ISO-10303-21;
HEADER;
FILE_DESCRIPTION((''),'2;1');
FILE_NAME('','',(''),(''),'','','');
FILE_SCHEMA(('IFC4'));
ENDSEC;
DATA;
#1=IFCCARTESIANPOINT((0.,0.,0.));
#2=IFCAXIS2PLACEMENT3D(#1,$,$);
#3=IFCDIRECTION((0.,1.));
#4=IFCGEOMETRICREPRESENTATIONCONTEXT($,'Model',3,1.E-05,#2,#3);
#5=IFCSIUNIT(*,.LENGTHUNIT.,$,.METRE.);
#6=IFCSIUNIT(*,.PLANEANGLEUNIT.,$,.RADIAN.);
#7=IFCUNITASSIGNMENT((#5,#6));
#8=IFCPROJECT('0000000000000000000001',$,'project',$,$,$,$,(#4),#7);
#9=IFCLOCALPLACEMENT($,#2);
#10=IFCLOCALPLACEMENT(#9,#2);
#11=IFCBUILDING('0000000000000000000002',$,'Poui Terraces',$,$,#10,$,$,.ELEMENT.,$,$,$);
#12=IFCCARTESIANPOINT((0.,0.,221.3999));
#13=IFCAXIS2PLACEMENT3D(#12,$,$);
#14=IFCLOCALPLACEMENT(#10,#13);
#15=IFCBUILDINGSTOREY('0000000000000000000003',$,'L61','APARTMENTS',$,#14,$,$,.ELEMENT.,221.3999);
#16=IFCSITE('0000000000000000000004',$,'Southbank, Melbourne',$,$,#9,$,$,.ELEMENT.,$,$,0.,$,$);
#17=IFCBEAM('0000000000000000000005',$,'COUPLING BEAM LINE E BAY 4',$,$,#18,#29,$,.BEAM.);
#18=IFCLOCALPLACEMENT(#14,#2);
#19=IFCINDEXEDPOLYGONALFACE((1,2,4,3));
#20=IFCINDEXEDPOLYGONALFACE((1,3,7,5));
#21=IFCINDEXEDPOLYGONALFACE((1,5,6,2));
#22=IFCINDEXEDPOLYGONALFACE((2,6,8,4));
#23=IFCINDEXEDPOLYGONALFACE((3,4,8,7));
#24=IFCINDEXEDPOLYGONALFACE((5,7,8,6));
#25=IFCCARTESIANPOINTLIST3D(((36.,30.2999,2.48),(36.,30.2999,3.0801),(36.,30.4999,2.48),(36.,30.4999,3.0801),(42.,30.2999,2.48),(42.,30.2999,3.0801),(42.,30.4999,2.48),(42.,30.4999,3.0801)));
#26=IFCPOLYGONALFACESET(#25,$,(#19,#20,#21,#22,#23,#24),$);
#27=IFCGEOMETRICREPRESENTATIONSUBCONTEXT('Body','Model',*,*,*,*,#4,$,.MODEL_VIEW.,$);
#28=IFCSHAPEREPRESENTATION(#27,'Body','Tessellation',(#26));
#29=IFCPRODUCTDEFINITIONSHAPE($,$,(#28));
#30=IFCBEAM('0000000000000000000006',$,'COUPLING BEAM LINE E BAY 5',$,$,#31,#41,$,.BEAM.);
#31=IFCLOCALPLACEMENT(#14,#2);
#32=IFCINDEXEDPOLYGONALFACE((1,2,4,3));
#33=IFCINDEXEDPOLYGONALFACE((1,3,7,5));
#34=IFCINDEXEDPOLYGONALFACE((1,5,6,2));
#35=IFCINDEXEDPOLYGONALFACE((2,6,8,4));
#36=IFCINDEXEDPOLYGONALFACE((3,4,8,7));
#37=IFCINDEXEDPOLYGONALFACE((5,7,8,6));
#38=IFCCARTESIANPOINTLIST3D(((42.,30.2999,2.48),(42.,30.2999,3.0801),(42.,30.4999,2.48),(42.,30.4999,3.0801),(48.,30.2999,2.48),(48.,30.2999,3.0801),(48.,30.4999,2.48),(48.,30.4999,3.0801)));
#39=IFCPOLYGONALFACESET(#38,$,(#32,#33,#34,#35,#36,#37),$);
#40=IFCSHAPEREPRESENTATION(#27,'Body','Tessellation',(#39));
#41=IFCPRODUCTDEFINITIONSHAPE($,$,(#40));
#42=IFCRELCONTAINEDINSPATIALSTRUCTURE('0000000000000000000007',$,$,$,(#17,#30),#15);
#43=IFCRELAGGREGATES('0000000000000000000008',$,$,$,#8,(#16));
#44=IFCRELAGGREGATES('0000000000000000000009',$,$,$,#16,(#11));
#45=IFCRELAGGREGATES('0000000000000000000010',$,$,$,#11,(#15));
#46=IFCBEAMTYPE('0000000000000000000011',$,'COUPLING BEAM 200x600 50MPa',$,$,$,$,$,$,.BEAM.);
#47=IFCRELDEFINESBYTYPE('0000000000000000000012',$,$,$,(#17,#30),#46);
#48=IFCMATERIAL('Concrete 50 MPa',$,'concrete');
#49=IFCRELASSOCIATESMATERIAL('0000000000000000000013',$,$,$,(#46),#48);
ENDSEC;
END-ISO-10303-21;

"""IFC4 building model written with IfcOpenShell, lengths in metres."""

from ifc_helpers import new_model, si_unit, direction, frame, origin, origin_2d, place, context, subcontext, project, spatial, rectangle, extrude, source, transform, mapped, material, material_profile, profile_set, type_object, element, save


model = new_model("IFC4")

# Units and contexts
model_context = context("Model", 3, precision=1e-05, world=origin(), true_north=direction((0.0, 1.0)))
body_context = subcontext(model_context, "Body", "Model", "MODEL_VIEW")
ifc_project = project(units=[si_unit("LENGTHUNIT", "METRE"), si_unit("PLANEANGLEUNIT", "RADIAN")], contexts=[model_context])

# Site, building, storey
site_placement = place(None, origin())
site = spatial("IfcSite", under=ifc_project, at=site_placement, Name="Southbank, Melbourne", CompositionType="ELEMENT", RefElevation=0.0)
building_placement = place(site_placement, origin())
building = spatial("IfcBuilding", under=site, at=building_placement, Name="Poui Terraces", CompositionType="ELEMENT")
storey_placement = place(building_placement, frame((0.0, 0.0, 221.3999)))
storey = spatial("IfcBuildingStorey", under=building, at=storey_placement, Name="L61", Description="APARTMENTS", CompositionType="ELEMENT", Elevation=221.3999)

# Beams
ifc_material_1 = material(Name="Concrete 50 MPa", Category="concrete")
ifc_material_profile = material_profile(ifc_material_1, rectangle(XDim=0.2, YDim=0.6001, at=origin_2d()), Name="RC 200x600")
ifc_profile_set = profile_set([ifc_material_profile], Name="Concrete 50 MPa")
beam_type = type_object("IfcBeamType", Name="COUPLING BEAM 200x600 50MPa", PredefinedType="BEAM", material=ifc_profile_set)
shared_shape = source(origin(), body_context, "Body", "SweptSolid", [
    extrude(rectangle(XDim=0.2, YDim=0.6001, at=origin_2d()), origin(), (0.0, 0.0, 1.0), 6.0),
])
for number, where, z_axis, x_axis, name in (
    (1, (36.0, 30.3999, 2.78), (1.0, 0.0, 0.0), (0.0, 1.0, 0.0), "COUPLING BEAM LINE E BAY 4"),
    (2, (42.0, 30.3999, 2.78), (1.0, 0.0, 0.0), (0.0, 1.0, 0.0), "COUPLING BEAM LINE E BAY 5"),
):
    element("IfcBeam", number, at=place(storey_placement, frame(where, z_axis=z_axis, x_axis=x_axis)), inside=storey, type_object=beam_type, Name=name, PredefinedType="BEAM", context=body_context, shape_type="MappedRepresentation", body=[
        mapped(shared_shape, transform((0.0, 0.0, 0.0))),
    ])

save(model, "model.ifc")
